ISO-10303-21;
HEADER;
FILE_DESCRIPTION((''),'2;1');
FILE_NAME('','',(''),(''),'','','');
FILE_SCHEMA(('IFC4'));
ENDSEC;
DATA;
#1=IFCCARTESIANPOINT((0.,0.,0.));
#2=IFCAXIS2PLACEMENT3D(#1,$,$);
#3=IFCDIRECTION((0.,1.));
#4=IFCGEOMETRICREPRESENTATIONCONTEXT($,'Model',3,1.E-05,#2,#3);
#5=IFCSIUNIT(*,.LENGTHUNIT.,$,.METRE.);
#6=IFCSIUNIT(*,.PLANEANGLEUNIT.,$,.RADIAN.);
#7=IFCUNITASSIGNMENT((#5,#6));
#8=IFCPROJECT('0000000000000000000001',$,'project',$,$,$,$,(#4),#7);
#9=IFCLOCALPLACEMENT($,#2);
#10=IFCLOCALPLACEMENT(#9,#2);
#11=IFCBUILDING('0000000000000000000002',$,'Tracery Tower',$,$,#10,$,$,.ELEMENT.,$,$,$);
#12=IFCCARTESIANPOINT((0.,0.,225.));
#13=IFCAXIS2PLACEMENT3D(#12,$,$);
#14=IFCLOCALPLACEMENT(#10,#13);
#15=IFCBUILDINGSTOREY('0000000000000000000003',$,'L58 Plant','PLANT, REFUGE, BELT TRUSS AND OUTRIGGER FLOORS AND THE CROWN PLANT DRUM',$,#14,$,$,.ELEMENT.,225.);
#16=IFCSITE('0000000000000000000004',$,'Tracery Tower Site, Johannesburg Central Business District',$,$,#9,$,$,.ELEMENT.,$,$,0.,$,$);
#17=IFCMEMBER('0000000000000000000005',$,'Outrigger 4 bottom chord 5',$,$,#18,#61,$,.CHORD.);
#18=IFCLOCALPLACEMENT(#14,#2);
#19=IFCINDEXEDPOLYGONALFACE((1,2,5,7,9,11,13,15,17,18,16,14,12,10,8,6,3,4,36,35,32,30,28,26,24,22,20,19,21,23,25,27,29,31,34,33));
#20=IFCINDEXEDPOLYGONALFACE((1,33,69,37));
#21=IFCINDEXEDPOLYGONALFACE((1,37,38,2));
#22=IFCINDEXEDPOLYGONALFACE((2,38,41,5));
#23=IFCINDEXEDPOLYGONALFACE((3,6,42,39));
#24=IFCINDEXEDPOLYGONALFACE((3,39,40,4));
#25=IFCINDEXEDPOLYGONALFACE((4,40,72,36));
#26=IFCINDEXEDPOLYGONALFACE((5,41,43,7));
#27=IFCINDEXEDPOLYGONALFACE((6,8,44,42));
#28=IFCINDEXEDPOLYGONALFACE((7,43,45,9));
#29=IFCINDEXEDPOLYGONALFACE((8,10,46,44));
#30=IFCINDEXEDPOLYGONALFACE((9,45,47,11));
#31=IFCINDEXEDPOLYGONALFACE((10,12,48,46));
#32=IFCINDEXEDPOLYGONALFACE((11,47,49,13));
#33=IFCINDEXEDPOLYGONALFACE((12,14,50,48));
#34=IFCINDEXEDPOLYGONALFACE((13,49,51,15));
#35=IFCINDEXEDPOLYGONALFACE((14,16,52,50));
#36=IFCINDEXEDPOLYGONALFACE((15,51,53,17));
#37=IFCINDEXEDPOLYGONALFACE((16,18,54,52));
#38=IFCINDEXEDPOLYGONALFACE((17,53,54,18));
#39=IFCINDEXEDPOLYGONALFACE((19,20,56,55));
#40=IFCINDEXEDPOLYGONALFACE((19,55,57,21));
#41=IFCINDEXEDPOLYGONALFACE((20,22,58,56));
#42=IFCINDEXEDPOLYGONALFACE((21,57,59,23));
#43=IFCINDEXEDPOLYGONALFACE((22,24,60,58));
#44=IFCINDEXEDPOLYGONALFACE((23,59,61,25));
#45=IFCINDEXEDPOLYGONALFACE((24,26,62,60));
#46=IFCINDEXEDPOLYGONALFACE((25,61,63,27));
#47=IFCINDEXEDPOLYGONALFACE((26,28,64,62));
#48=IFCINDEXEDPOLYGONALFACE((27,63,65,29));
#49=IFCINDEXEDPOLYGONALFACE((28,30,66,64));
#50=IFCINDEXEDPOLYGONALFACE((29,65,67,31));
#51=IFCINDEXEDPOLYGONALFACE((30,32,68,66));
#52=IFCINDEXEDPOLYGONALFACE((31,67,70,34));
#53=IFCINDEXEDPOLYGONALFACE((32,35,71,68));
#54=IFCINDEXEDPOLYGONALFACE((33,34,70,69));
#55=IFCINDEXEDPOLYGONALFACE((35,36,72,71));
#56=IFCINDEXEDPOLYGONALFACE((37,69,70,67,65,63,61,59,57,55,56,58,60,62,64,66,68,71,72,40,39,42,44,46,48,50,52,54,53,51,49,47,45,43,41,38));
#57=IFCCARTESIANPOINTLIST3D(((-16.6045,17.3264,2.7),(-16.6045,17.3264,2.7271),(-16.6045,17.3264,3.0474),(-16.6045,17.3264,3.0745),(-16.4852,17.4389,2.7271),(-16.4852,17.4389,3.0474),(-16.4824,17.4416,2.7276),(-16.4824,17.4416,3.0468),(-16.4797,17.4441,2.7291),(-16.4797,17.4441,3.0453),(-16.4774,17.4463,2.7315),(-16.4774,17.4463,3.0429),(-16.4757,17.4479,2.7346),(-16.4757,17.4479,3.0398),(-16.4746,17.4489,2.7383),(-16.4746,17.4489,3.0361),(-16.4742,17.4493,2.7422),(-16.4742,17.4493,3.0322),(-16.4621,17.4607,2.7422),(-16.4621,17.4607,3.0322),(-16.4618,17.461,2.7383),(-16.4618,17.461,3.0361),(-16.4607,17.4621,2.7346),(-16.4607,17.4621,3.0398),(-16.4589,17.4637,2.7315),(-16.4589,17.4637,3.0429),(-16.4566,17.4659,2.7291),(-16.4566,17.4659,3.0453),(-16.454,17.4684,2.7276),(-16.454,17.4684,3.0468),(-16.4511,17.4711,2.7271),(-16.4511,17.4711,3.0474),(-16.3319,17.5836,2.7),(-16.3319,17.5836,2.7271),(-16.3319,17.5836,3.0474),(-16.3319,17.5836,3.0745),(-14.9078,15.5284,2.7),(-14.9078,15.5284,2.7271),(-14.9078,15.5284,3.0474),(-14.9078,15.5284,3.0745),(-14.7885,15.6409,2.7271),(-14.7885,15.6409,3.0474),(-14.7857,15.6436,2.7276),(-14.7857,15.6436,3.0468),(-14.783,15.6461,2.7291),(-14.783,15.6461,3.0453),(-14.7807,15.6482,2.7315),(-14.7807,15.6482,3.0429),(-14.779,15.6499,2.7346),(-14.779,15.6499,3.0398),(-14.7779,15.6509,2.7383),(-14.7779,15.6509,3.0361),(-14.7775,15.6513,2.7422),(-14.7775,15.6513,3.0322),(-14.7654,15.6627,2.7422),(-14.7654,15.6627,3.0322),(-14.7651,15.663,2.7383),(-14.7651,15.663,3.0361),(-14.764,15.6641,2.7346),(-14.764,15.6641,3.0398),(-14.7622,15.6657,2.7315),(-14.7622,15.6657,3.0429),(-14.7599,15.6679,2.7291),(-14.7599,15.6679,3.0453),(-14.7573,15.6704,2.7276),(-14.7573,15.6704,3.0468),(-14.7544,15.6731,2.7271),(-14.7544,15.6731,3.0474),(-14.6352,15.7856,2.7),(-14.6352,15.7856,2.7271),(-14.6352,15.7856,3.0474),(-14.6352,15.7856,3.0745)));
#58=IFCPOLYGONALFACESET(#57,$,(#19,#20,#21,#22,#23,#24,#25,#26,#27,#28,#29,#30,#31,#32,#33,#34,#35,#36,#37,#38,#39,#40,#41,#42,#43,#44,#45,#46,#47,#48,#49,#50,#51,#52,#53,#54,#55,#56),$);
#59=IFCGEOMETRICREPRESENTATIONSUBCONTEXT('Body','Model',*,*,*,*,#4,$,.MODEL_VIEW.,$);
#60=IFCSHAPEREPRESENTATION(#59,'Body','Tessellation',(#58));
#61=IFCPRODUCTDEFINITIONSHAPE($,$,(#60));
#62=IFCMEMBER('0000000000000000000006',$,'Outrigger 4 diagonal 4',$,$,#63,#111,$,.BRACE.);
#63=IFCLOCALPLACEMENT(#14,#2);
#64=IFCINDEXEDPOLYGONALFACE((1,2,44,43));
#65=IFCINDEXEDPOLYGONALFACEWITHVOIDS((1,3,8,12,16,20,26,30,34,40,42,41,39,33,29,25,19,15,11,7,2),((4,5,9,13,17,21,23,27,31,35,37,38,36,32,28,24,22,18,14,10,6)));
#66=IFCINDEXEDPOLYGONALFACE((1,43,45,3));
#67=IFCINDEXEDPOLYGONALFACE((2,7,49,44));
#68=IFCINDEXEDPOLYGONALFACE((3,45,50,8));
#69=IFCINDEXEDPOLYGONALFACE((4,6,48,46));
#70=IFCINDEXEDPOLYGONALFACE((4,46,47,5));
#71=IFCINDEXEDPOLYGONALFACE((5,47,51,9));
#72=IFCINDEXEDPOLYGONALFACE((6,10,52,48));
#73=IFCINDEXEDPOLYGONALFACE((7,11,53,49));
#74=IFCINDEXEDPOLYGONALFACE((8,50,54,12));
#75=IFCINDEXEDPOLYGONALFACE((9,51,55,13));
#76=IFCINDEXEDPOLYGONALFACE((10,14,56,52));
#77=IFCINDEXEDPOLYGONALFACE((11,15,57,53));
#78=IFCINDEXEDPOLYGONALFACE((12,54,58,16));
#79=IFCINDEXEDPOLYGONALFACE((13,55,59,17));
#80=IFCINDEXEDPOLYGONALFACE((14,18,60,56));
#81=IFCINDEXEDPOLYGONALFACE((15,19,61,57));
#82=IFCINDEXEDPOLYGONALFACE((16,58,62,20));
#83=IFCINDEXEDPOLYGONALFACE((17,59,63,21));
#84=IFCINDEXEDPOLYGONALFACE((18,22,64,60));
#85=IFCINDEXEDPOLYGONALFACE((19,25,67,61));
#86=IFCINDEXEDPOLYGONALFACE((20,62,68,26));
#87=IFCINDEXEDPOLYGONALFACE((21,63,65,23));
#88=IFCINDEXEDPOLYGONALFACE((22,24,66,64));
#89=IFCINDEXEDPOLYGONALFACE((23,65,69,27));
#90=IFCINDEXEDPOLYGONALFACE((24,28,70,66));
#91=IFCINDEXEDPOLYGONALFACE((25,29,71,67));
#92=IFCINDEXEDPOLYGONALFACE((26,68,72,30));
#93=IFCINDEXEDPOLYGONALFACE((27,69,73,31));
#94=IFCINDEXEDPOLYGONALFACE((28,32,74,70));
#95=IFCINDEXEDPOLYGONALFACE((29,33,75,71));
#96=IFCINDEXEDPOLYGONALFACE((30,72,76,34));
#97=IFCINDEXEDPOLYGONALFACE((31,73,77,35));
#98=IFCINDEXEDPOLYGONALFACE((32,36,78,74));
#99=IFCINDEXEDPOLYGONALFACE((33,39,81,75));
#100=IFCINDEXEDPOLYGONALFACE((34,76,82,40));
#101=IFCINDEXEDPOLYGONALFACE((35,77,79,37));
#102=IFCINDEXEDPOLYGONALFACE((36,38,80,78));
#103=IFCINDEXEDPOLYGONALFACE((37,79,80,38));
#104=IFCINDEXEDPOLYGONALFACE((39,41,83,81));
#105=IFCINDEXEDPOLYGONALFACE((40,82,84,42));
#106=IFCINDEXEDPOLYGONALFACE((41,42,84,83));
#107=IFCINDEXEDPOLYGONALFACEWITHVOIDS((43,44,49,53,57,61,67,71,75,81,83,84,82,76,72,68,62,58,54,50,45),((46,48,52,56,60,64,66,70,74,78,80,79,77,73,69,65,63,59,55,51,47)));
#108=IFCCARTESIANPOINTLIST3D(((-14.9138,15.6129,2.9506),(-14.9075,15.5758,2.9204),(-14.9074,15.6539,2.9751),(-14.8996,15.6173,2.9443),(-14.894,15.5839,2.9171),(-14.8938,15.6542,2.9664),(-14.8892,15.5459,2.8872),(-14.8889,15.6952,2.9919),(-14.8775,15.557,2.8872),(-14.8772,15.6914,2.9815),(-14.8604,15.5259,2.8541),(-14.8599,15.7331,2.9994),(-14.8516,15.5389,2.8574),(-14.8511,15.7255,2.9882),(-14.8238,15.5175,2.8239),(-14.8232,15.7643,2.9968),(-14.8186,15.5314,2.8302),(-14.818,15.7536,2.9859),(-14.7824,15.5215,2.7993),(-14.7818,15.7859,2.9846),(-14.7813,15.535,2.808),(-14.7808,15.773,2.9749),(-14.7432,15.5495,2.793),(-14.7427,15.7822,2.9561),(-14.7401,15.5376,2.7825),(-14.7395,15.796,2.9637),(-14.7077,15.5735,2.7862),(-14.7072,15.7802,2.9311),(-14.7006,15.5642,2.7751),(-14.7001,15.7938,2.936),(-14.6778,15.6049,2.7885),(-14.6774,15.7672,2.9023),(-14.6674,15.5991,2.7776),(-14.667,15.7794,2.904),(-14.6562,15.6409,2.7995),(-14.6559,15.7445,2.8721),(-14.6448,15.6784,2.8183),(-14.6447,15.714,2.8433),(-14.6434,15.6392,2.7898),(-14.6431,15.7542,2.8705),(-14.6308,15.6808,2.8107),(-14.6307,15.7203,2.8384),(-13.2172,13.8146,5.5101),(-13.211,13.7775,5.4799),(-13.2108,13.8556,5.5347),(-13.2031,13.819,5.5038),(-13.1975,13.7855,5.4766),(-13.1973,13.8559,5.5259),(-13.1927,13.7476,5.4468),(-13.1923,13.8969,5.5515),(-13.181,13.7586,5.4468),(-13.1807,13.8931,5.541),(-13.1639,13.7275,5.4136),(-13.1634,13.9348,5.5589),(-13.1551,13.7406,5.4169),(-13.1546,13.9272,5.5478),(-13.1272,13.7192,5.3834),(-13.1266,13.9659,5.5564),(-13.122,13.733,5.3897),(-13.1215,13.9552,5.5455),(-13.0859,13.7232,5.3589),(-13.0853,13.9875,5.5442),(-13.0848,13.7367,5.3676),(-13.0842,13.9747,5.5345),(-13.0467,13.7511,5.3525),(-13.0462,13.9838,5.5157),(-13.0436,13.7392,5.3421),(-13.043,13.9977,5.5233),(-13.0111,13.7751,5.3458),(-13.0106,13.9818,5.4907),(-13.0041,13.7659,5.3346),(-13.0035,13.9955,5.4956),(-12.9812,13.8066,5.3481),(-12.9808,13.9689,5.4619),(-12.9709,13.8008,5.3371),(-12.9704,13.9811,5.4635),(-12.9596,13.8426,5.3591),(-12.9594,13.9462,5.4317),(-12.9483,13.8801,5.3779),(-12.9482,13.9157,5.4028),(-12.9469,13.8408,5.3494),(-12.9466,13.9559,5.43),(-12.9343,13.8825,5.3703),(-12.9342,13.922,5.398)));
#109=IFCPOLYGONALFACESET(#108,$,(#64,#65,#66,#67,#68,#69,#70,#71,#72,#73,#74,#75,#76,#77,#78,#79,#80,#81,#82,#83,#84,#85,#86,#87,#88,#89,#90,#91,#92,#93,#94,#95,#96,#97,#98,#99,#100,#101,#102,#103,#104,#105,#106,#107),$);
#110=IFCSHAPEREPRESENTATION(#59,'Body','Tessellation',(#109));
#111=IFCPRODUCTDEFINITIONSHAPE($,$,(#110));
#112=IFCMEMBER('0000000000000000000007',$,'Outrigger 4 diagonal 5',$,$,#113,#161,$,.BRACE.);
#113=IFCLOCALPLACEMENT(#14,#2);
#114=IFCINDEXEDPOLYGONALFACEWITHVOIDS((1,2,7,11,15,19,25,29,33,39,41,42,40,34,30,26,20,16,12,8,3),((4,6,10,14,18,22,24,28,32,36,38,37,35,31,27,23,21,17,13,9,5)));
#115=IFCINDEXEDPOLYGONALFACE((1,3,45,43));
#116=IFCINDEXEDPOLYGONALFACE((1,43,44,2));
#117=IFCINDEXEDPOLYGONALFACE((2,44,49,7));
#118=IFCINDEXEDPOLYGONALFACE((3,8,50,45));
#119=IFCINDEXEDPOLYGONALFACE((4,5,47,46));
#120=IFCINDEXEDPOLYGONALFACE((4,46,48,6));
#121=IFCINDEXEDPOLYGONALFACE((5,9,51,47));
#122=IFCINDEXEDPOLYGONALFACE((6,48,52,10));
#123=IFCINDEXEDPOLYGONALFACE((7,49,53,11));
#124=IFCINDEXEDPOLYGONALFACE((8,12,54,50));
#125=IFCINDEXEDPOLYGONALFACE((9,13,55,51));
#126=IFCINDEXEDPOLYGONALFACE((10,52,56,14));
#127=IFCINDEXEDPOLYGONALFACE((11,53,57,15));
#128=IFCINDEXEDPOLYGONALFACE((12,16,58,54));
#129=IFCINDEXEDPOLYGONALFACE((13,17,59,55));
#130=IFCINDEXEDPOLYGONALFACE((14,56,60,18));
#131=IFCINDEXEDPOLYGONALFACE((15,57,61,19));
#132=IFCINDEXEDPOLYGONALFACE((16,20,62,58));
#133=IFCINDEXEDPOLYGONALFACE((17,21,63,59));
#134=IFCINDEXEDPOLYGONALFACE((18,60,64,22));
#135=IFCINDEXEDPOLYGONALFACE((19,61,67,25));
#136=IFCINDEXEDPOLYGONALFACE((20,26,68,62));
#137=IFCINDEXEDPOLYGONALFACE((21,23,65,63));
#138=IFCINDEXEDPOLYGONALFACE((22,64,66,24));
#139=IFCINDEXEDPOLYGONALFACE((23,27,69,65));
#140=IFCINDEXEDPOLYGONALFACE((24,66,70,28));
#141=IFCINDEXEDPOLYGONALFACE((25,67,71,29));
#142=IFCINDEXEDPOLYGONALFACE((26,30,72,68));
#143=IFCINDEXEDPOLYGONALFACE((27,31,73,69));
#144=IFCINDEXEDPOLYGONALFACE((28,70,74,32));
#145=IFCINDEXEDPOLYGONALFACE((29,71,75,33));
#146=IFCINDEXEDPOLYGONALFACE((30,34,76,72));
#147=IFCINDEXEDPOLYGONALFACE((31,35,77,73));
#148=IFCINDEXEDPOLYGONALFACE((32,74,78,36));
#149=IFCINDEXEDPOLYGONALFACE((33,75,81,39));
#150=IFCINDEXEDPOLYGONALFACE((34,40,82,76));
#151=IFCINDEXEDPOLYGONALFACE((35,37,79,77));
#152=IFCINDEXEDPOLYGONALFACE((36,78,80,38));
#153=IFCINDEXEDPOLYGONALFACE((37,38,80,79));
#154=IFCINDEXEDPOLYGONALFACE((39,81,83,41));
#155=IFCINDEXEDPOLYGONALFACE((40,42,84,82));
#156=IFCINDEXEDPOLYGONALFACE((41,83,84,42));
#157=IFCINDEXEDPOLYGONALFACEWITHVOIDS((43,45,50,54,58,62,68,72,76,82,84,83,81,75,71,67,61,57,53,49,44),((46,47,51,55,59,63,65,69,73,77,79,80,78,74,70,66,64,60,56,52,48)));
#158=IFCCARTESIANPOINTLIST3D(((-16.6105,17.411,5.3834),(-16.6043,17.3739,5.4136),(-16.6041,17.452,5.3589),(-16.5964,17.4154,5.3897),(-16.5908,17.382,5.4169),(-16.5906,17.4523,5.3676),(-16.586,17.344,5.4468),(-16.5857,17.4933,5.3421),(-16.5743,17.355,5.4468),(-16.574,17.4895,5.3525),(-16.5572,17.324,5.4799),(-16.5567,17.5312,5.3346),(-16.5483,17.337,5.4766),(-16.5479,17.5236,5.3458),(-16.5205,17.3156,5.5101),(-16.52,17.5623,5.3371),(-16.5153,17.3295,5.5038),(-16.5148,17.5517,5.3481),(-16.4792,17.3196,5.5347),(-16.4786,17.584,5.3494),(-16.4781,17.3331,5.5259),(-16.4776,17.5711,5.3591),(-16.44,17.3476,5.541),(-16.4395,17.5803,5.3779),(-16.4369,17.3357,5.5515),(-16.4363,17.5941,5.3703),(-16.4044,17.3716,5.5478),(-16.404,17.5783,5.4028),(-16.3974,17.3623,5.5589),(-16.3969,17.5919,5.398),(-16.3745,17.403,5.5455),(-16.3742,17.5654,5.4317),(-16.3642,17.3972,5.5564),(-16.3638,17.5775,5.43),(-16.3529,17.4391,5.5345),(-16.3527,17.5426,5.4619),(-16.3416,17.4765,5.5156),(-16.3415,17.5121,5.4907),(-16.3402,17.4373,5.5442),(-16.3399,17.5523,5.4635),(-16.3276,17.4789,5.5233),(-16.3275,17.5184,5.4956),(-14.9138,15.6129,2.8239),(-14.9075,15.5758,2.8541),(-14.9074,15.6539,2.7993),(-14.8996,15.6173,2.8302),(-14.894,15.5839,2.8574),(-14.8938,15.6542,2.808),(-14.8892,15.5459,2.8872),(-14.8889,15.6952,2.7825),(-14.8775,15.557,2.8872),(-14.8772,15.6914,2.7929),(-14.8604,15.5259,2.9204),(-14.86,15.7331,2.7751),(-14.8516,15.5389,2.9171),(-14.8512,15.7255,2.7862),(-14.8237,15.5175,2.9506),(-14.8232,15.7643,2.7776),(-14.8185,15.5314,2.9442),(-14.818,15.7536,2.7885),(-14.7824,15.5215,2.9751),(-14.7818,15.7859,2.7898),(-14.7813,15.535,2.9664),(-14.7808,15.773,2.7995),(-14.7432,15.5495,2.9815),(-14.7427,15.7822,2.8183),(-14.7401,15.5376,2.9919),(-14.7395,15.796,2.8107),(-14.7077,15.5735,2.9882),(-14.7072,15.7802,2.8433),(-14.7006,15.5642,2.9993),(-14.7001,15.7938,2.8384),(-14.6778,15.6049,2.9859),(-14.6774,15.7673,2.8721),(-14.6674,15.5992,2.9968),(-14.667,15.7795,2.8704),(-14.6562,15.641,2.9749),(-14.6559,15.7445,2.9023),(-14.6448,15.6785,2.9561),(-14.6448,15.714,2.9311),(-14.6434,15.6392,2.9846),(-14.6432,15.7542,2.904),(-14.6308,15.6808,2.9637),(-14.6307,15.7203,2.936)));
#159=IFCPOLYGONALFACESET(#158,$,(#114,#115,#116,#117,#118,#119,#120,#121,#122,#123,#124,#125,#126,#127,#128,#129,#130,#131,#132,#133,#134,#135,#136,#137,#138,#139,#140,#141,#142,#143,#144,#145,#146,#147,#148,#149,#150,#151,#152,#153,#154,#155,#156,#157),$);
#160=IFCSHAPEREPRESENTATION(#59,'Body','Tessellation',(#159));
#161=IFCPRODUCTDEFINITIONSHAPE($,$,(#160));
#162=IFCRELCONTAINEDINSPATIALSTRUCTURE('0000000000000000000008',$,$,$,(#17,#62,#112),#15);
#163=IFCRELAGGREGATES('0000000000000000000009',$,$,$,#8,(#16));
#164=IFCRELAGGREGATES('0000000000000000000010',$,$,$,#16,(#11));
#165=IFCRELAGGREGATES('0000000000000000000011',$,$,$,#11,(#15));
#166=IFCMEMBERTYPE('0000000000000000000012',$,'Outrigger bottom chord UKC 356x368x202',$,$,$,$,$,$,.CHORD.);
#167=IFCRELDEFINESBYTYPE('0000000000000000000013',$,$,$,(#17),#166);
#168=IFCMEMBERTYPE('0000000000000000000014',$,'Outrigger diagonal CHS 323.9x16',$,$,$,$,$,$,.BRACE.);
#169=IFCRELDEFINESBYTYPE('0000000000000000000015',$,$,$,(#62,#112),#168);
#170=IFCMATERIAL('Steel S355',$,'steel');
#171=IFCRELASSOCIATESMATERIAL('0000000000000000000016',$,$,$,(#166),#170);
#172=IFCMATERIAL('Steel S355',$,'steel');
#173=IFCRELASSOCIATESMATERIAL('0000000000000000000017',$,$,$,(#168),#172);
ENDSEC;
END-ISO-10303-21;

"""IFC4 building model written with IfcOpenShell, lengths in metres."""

from ifc_helpers import new_model, si_unit, direction, frame, origin, origin_2d, place, context, subcontext, project, spatial, hollow_circle, i_section, extrude, material, material_profile, profile_set, type_object, element, save


model = new_model("IFC4")

# Units and contexts
model_context = context("Model", 3, precision=1e-05, world=origin(), true_north=direction((0.0, 1.0)))
body_context = subcontext(model_context, "Body", "Model", "MODEL_VIEW")
ifc_project = project(units=[si_unit("LENGTHUNIT", "METRE"), si_unit("PLANEANGLEUNIT", "RADIAN")], contexts=[model_context])

# Site, building, storey
site_placement = place(None, origin())
site = spatial("IfcSite", under=ifc_project, at=site_placement, Name="Tracery Tower Site, Johannesburg Central Business District", CompositionType="ELEMENT", RefElevation=0.0)
building_placement = place(site_placement, origin())
building = spatial("IfcBuilding", under=site, at=building_placement, Name="Tracery Tower", CompositionType="ELEMENT")
storey_placement = place(building_placement, frame((0.0, 0.0, 225.0)))
storey = spatial("IfcBuildingStorey", under=building, at=storey_placement, Name="L58 Plant", Description="PLANT, REFUGE, BELT TRUSS AND OUTRIGGER FLOORS AND THE CROWN PLANT DRUM", CompositionType="ELEMENT", Elevation=225.0)

# Members
ifc_material_1 = material(Name="Steel S355", Category="steel")
ifc_material_profile_1 = material_profile(ifc_material_1, i_section(OverallWidth=0.3748, OverallDepth=0.3745, WebThickness=0.0166, FlangeThickness=0.0271, FilletRadius=0.0151, at=origin_2d()), Name="UKC 356x368x202")
ifc_profile_set_1 = profile_set([ifc_material_profile_1], Name="Steel S355")
member_type_1 = type_object("IfcMemberType", Name="Outrigger bottom chord UKC 356x368x202", PredefinedType="CHORD", material=ifc_profile_set_1)
member_1_placement = place(storey_placement, frame((-14.7715, 15.657, 2.8872), z_axis=(-0.686319, 0.727301, 0.0), x_axis=(-0.727301, -0.686319, 0.0)))
element("IfcMember", 1, at=member_1_placement, inside=storey, type_object=member_type_1, Name="Outrigger 4 bottom chord 5", PredefinedType="CHORD", context=body_context, shape_type="SweptSolid", body=[
    extrude(i_section(OverallWidth=0.3748, OverallDepth=0.3745, WebThickness=0.0166, FlangeThickness=0.0271, FilletRadius=0.0151, at=origin_2d()), origin(), (0.0, 0.0, 1.0), 2.4722),
])
ifc_material_2 = material(Name="Steel S355", Category="steel")
ifc_material_profile_2 = material_profile(ifc_material_2, hollow_circle(Radius=0.1619, WallThickness=0.0161, at=origin_2d()), Name="CHS 323.9x16")
ifc_profile_set_2 = profile_set([ifc_material_profile_2], Name="Steel S355")
member_type_2 = type_object("IfcMemberType", Name="Outrigger diagonal CHS 323.9x16", PredefinedType="BRACE", material=ifc_profile_set_2)
for number, where, z_axis, x_axis, name in (
    (2, (-13.075, 13.8586, 5.4468), (-0.476741, 0.50535, -0.719263), (-0.727396, -0.686217, 0.0), "Outrigger 4 diagonal 4"),
    (3, (-14.7715, 15.657, 2.8872), (-0.476811, 0.505282, 0.719264), (-0.727301, -0.686319, 0.0), "Outrigger 4 diagonal 5"),
):
    element("IfcMember", number, at=place(storey_placement, frame(where, z_axis=z_axis, x_axis=x_axis)), inside=storey, type_object=member_type_2, Name=name, PredefinedType="BRACE", context=body_context, shape_type="SweptSolid", body=[
        extrude(hollow_circle(Radius=0.1619, WallThickness=0.0161, at=origin_2d()), origin(), (0.0, 0.0, 1.0), 3.5586),
    ])

save(model, "model.ifc")
